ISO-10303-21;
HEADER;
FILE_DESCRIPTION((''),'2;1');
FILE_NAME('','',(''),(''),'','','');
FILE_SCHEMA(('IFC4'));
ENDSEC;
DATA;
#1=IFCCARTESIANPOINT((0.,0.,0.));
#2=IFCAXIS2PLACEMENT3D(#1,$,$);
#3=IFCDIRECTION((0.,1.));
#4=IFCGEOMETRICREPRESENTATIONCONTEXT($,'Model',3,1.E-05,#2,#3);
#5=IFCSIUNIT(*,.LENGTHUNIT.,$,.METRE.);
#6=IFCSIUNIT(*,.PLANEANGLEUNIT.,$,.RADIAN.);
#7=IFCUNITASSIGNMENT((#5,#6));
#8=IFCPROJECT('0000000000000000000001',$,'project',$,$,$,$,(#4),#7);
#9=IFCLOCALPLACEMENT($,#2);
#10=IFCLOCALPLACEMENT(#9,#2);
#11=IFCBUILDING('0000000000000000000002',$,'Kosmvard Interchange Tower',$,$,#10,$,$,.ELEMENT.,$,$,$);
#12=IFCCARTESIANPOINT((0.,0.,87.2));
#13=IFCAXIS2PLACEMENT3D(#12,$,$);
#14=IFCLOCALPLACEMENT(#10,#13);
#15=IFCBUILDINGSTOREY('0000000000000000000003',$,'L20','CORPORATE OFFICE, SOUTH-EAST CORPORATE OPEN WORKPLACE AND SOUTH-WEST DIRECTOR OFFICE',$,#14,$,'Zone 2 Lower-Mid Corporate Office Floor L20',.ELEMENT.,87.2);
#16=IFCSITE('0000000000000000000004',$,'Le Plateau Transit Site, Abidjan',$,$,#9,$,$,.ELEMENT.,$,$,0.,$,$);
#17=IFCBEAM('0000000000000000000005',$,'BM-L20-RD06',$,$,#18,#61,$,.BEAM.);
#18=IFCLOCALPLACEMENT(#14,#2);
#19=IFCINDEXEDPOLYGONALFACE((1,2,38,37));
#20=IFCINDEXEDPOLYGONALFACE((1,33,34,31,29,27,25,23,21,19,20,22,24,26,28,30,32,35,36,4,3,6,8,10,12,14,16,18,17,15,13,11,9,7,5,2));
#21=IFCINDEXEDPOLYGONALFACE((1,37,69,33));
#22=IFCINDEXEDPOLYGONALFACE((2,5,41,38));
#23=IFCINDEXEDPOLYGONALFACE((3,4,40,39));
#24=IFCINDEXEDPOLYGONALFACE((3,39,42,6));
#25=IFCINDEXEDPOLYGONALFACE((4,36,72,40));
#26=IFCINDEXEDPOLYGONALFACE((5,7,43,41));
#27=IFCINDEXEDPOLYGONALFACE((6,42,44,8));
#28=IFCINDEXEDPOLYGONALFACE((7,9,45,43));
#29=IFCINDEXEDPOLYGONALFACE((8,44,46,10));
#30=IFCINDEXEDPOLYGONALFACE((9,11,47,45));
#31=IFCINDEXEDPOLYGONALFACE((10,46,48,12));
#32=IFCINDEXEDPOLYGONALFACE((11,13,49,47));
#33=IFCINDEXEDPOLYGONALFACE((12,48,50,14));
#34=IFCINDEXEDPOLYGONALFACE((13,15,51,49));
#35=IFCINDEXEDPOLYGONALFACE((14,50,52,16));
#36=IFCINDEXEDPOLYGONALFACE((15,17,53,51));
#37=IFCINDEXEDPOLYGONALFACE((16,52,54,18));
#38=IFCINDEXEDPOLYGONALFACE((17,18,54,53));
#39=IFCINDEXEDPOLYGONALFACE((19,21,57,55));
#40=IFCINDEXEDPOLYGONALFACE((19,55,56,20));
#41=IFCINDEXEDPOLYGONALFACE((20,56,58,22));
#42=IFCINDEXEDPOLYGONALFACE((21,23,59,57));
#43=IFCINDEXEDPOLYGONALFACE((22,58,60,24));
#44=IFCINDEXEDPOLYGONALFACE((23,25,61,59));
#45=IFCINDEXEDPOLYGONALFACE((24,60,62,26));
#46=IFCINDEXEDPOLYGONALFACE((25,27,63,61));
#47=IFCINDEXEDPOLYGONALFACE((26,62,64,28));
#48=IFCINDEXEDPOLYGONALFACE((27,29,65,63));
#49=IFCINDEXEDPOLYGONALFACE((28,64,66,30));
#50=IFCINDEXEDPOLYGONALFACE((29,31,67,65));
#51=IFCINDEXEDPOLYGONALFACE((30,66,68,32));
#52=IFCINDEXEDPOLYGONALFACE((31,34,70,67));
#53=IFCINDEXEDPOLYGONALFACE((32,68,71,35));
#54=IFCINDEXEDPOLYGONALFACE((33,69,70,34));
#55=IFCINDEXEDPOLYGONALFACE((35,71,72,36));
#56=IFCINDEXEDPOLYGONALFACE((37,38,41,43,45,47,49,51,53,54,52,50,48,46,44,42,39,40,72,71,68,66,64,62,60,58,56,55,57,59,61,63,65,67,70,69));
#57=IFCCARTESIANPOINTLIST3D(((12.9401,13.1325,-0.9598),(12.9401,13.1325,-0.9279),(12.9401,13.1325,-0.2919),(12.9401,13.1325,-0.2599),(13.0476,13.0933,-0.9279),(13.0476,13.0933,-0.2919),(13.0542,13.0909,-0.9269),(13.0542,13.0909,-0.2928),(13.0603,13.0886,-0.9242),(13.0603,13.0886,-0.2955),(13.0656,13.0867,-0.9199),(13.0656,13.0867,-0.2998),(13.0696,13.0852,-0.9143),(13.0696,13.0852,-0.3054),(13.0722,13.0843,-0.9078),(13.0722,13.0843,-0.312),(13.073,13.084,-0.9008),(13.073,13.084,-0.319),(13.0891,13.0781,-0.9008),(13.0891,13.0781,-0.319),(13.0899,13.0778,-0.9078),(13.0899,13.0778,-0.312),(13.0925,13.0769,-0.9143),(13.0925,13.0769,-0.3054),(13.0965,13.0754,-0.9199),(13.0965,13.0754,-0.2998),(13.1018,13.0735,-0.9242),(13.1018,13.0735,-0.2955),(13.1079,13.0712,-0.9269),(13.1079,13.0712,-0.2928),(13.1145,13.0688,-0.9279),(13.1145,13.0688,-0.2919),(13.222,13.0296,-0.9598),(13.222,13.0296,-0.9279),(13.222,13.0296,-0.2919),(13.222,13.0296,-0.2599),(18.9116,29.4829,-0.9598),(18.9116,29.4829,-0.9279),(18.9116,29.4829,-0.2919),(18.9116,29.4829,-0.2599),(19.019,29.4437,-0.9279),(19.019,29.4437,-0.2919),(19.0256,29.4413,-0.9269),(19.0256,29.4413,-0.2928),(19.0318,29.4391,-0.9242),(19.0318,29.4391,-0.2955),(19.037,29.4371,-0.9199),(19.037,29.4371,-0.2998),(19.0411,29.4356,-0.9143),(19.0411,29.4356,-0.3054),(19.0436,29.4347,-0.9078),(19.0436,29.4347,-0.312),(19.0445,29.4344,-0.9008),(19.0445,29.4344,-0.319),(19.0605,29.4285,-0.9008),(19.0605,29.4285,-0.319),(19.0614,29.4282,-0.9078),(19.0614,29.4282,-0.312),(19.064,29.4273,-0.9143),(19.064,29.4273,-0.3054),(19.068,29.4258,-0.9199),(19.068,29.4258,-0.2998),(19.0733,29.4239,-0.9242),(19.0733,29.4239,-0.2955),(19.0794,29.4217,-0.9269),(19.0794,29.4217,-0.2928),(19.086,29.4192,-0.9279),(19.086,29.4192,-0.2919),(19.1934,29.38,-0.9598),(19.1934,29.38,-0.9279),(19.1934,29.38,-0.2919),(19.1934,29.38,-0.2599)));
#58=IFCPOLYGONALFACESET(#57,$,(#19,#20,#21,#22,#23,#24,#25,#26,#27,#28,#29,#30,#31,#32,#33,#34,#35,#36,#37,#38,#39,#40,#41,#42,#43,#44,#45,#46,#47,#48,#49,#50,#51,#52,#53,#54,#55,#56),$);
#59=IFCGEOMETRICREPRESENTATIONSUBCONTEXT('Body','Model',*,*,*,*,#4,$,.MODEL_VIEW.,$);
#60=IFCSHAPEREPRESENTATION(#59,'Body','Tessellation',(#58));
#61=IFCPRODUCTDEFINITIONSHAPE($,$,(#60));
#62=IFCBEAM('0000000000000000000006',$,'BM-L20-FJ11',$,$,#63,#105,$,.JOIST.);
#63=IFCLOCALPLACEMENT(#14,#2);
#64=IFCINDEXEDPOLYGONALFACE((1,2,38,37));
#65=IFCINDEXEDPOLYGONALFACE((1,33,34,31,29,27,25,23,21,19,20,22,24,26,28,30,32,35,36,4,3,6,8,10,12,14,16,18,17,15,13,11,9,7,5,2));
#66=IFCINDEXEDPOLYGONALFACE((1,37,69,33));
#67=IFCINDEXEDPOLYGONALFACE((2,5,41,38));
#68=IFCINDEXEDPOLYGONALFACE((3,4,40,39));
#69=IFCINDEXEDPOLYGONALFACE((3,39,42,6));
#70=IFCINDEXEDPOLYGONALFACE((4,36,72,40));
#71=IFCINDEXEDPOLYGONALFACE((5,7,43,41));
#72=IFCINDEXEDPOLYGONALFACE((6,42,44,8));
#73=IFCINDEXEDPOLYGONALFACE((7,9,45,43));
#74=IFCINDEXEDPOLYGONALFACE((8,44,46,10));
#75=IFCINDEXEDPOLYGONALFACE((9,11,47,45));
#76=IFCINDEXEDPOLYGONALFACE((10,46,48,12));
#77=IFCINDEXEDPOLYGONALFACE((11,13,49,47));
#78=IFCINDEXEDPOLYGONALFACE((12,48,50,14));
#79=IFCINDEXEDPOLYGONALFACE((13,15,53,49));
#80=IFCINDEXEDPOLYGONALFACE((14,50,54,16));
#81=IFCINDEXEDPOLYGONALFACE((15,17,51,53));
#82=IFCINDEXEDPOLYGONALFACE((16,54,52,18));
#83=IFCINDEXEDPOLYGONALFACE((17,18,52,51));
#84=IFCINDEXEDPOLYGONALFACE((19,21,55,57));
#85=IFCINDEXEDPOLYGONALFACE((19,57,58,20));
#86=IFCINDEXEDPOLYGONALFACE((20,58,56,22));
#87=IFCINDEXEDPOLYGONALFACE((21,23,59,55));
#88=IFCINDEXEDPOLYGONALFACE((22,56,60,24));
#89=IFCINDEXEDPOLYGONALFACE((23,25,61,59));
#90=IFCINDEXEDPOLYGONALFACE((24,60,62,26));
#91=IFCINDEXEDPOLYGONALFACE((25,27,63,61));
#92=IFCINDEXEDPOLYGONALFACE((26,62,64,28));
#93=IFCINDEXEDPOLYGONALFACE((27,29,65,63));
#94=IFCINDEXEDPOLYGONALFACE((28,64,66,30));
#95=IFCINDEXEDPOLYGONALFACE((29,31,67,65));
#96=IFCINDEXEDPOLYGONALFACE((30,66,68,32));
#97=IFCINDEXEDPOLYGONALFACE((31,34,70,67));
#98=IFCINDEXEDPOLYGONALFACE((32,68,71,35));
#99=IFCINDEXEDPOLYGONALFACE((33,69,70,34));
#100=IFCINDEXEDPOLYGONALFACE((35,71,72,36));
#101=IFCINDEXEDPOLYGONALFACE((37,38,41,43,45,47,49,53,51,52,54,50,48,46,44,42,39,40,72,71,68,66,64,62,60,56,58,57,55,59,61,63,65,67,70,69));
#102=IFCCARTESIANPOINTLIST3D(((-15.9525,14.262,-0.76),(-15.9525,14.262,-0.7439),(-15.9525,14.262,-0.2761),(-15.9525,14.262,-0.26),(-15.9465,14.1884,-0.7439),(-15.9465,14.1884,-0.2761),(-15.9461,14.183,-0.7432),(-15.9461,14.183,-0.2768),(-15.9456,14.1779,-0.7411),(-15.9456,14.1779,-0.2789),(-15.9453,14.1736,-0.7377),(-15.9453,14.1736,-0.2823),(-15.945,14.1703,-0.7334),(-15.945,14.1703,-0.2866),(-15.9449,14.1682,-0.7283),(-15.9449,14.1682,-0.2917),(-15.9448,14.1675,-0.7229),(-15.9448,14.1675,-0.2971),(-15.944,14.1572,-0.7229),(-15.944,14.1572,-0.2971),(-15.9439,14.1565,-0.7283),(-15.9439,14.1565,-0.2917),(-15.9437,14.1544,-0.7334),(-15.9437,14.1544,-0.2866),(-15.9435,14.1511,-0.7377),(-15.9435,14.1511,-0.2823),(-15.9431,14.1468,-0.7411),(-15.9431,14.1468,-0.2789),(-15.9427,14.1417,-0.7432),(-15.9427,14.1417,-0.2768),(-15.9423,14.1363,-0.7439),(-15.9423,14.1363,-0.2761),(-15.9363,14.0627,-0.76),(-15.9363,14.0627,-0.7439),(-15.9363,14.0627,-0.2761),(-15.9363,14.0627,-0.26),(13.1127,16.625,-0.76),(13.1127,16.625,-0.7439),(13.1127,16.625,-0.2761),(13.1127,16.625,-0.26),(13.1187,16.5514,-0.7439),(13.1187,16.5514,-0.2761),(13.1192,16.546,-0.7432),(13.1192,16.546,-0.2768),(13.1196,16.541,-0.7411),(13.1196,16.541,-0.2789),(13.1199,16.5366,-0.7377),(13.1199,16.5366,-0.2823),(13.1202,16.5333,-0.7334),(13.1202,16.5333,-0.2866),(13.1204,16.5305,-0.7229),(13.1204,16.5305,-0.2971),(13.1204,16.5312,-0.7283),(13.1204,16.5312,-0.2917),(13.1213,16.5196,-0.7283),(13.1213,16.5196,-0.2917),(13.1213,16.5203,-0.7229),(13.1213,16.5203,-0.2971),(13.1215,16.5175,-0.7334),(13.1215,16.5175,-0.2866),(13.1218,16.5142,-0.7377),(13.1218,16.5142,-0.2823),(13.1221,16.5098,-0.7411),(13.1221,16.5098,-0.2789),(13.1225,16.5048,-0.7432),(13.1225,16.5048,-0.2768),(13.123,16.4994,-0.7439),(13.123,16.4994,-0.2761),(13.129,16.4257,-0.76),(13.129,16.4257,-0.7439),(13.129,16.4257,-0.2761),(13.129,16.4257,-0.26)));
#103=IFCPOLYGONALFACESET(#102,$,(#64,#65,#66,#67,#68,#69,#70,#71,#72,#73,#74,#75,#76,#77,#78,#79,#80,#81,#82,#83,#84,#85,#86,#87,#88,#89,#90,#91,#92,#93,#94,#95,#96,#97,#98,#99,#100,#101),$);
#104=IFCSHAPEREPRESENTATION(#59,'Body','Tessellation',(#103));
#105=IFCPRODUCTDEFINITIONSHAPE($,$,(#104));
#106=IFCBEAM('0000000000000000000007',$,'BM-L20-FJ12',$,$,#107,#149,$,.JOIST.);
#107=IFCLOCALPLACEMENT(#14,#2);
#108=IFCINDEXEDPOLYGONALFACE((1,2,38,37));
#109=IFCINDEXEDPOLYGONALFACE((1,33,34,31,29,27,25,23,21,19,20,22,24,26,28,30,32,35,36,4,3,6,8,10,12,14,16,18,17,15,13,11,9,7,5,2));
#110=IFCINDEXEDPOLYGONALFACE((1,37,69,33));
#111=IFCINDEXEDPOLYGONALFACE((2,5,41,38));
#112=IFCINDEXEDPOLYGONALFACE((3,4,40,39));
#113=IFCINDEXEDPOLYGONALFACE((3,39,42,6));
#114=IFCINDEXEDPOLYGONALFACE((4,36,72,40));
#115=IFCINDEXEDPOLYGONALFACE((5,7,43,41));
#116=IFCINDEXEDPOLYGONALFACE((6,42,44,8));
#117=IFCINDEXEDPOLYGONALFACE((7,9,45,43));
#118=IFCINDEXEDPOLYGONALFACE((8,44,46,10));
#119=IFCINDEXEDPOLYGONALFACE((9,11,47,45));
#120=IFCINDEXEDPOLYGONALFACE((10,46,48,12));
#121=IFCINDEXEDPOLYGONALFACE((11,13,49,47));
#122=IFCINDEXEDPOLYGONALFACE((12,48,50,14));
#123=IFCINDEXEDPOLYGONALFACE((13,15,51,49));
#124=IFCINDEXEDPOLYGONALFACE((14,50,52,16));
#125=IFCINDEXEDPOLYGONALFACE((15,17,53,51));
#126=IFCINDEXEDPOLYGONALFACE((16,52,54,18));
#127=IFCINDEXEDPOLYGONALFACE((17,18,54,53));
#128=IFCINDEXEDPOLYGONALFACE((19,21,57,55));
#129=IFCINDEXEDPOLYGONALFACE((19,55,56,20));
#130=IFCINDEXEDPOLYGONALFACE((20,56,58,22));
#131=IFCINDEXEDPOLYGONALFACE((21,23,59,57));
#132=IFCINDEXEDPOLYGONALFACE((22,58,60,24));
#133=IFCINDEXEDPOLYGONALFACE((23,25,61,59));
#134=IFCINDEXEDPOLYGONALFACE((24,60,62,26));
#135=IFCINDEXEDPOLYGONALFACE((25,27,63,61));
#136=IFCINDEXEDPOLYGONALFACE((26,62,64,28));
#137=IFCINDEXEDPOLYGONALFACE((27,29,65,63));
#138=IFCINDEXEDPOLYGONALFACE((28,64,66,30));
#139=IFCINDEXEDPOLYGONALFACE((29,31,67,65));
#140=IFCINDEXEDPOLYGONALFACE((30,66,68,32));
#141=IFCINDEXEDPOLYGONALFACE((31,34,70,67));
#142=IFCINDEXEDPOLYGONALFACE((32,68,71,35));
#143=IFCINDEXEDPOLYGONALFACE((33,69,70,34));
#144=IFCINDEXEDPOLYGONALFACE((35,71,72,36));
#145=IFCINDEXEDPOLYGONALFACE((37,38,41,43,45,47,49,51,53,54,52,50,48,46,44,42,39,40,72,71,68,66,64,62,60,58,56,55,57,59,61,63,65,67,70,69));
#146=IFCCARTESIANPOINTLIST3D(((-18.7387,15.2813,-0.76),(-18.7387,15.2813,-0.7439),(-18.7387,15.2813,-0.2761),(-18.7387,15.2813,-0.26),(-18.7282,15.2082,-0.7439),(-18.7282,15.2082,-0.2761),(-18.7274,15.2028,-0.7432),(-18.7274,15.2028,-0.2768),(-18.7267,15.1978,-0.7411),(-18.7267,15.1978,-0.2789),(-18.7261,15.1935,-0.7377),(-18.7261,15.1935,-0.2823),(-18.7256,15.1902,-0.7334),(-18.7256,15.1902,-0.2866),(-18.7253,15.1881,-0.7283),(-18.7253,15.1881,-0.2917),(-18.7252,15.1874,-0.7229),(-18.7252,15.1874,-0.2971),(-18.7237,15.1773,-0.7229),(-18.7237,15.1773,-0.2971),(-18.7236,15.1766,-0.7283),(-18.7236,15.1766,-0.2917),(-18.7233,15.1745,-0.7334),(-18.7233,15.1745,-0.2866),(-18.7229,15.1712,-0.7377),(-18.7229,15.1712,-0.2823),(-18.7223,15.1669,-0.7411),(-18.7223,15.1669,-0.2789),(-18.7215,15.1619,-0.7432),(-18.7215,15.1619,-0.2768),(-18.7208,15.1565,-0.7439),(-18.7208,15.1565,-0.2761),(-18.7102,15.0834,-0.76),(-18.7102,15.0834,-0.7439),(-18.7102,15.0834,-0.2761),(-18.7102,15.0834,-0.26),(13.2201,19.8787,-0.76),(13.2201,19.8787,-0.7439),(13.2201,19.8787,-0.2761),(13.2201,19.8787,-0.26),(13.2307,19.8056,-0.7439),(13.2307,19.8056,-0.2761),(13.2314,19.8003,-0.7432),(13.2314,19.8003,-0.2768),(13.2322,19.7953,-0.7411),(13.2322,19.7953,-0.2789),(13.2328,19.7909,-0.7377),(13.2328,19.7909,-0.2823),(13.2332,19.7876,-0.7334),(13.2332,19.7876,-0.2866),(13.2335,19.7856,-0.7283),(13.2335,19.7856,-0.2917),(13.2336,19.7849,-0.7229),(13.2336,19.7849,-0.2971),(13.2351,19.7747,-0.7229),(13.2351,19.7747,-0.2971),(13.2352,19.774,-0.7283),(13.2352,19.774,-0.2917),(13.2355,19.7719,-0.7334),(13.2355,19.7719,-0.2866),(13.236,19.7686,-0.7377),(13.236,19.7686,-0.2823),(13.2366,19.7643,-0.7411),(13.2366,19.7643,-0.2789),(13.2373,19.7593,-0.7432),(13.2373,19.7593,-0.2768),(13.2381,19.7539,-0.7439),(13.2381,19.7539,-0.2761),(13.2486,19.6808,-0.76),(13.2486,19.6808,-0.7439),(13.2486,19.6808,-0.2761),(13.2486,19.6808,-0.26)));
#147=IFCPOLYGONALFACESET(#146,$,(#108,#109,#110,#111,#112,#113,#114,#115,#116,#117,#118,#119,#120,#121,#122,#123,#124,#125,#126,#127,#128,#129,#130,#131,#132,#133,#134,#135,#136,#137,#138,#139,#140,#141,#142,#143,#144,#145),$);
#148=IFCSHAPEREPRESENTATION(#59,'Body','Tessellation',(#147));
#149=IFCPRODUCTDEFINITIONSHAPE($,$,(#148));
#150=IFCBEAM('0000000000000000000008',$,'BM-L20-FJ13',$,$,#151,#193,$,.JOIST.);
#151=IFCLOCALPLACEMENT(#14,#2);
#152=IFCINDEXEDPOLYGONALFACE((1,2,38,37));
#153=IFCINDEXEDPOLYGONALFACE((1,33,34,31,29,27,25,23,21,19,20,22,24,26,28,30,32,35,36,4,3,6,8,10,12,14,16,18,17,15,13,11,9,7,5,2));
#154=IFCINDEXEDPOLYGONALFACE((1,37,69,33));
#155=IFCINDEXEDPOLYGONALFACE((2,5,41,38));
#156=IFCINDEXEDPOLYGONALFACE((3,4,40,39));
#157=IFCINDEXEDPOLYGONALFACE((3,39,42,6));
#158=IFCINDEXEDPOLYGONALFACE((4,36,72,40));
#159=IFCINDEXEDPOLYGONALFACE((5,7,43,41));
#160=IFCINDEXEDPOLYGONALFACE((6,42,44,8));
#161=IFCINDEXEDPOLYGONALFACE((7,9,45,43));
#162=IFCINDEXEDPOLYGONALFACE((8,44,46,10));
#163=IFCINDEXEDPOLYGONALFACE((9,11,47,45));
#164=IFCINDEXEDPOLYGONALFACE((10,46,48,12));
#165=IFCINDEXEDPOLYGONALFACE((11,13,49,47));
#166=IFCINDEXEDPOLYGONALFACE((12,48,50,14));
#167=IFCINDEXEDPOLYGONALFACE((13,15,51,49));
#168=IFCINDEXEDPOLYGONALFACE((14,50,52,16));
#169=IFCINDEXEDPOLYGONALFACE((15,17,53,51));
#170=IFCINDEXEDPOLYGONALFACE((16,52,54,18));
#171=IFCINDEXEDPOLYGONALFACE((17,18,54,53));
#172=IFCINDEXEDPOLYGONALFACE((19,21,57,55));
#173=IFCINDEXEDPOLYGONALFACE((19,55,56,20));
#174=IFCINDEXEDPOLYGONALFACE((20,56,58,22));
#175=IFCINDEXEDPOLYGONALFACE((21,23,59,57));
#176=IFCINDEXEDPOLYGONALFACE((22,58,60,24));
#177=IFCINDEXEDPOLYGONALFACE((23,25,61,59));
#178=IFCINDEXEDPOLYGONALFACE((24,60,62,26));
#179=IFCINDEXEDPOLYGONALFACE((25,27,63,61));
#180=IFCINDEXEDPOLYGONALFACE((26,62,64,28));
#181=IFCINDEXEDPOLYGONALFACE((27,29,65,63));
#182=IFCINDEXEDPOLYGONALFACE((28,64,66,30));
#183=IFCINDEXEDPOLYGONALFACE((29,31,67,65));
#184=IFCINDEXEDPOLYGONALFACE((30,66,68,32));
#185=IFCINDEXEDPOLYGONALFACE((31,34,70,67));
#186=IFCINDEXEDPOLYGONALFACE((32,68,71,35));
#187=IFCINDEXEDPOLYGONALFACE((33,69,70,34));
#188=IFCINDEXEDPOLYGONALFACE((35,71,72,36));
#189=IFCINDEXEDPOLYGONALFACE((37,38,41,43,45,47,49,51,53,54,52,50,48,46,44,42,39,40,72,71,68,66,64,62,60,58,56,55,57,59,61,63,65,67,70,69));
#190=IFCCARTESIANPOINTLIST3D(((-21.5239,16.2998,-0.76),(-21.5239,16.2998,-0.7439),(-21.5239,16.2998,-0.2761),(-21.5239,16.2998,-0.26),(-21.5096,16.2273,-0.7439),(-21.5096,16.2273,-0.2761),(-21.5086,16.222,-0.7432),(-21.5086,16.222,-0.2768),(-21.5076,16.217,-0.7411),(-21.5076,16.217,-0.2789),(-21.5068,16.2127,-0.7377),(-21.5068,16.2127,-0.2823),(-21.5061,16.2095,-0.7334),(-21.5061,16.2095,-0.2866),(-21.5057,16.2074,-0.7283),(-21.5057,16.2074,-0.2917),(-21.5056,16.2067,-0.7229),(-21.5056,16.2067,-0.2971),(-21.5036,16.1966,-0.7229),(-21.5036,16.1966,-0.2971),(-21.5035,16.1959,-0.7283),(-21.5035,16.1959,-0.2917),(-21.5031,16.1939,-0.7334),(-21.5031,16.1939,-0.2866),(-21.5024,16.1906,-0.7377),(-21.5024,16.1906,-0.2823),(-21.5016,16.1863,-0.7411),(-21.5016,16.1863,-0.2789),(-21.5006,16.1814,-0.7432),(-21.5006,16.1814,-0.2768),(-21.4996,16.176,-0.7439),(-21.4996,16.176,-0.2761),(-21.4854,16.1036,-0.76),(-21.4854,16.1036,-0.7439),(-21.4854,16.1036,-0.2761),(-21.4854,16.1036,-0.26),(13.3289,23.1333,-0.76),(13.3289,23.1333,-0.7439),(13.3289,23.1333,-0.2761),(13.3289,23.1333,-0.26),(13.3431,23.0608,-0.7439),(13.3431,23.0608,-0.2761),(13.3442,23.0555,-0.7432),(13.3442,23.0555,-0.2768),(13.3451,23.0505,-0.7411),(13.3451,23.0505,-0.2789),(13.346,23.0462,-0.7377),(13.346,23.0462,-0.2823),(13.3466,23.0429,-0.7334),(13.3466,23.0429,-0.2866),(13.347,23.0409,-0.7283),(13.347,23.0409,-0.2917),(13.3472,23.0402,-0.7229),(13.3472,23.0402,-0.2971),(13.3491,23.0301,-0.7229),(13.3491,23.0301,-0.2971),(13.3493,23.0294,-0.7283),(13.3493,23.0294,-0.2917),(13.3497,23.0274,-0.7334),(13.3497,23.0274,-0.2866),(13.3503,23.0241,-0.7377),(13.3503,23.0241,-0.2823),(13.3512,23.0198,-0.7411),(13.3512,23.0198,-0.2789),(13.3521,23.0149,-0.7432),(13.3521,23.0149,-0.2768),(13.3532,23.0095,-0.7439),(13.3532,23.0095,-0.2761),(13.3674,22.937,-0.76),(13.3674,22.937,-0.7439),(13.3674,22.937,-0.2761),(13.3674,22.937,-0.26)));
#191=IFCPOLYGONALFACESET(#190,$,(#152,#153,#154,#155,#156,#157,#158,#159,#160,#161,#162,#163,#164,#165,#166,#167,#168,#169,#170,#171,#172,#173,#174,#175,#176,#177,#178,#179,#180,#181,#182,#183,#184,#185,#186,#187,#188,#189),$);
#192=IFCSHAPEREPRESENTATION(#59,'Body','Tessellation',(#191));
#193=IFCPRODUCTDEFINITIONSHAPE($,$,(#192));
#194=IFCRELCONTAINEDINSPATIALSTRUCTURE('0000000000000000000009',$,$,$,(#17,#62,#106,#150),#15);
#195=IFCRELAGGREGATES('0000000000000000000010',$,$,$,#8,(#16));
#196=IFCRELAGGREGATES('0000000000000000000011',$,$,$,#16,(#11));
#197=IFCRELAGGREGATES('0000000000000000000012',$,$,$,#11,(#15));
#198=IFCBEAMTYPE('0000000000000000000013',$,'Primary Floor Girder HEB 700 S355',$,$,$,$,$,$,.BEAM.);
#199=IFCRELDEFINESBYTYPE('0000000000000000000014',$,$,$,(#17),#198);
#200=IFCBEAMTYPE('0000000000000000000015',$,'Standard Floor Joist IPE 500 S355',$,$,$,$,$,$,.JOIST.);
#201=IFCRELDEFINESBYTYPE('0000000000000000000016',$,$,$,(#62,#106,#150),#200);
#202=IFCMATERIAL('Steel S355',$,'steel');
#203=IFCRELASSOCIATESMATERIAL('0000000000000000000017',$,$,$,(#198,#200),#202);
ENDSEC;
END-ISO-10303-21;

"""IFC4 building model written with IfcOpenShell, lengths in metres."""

from ifc_helpers import new_model, si_unit, direction, frame, origin, origin_2d, place, context, subcontext, project, spatial, i_section, extrude, source, transform, mapped, material, material_profile, profile_set, type_object, element, save


model = new_model("IFC4")

# Units and contexts
model_context = context("Model", 3, precision=1e-05, world=origin(), true_north=direction((0.0, 1.0)))
body_context = subcontext(model_context, "Body", "Model", "MODEL_VIEW")
ifc_project = project(units=[si_unit("LENGTHUNIT", "METRE"), si_unit("PLANEANGLEUNIT", "RADIAN")], contexts=[model_context])

# Site, building, storey
site_placement = place(None, origin())
site = spatial("IfcSite", under=ifc_project, at=site_placement, Name="Le Plateau Transit Site, Abidjan", CompositionType="ELEMENT", RefElevation=0.0)
building_placement = place(site_placement, origin())
building = spatial("IfcBuilding", under=site, at=building_placement, Name="Kosmvard Interchange Tower", CompositionType="ELEMENT")
storey_placement = place(building_placement, frame((0.0, 0.0, 87.2)))
storey = spatial("IfcBuildingStorey", under=building, at=storey_placement, Name="L20", Description="CORPORATE OFFICE, SOUTH-EAST CORPORATE OPEN WORKPLACE AND SOUTH-WEST DIRECTOR OFFICE", LongName="Zone 2 Lower-Mid Corporate Office Floor L20", CompositionType="ELEMENT", Elevation=87.2)

# Beams
ifc_material_1 = material(Name="Steel S355", Category="steel")
ifc_material_profile_1 = material_profile(ifc_material_1, i_section(OverallWidth=0.3, OverallDepth=0.7, WebThickness=0.0171, FlangeThickness=0.032, FilletRadius=0.0271, at=origin_2d()), Name="HEB 700")
ifc_profile_set_1 = profile_set([ifc_material_profile_1], Name="Steel S355")
beam_type_1 = type_object("IfcBeamType", Name="Primary Floor Girder HEB 700 S355", PredefinedType="BEAM", material=ifc_profile_set_1)
shared_shape_1 = source(origin(), body_context, "Body", "SweptSolid", [
    extrude(i_section(OverallWidth=0.3, OverallDepth=0.7, WebThickness=0.0171, FlangeThickness=0.032, FilletRadius=0.0271, at=origin_2d()), origin(), (0.0, 0.0, 1.0), 17.4067),
])
beam_1_placement = place(storey_placement, frame((13.0811, 13.0811, -0.6099), z_axis=(0.343055, 0.939315, 0.0), x_axis=(-0.939315, 0.343055, 0.0)))
element("IfcBeam", 1, at=beam_1_placement, inside=storey, type_object=beam_type_1, Name="BM-L20-RD06", PredefinedType="BEAM", context=body_context, shape_type="MappedRepresentation", body=[
    mapped(shared_shape_1, transform((0.0, 0.0, 0.0), scale=1.0)),
])
ifc_material_profile_2 = material_profile(ifc_material_1, i_section(OverallWidth=0.2, OverallDepth=0.5, WebThickness=0.0103, FlangeThickness=0.0161, FilletRadius=0.021, at=origin_2d()), Name="IPE 500")
ifc_profile_set_2 = profile_set([ifc_material_profile_2], Name="Steel S355")
beam_type_2 = type_object("IfcBeamType", Name="Standard Floor Joist IPE 500 S355", PredefinedType="JOIST", material=ifc_profile_set_2)
shared_shape_2 = source(origin(), body_context, "Body", "SweptSolid", [
    extrude(i_section(OverallWidth=0.2, OverallDepth=0.5, WebThickness=0.0103, FlangeThickness=0.0161, FilletRadius=0.021, at=origin_2d()), origin(), (0.0, 0.0, 1.0), 29.1611),
])
beam_2_placement = place(storey_placement, frame((13.1208, 16.5254, -0.51), z_axis=(-0.996711, -0.081034, 0.0), x_axis=(0.081034, -0.996711, 0.0)))
element("IfcBeam", 2, at=beam_2_placement, inside=storey, type_object=beam_type_2, Name="BM-L20-FJ11", PredefinedType="JOIST", context=body_context, shape_type="MappedRepresentation", body=[
    mapped(shared_shape_2, transform((0.0, 0.0, 0.0), scale=1.0)),
])
shared_shape_3 = source(origin(), body_context, "Body", "SweptSolid", [
    extrude(i_section(OverallWidth=0.2, OverallDepth=0.5, WebThickness=0.0103, FlangeThickness=0.0161, FilletRadius=0.021, at=origin_2d()), origin(), (0.0, 0.0, 1.0), 32.2878),
])
beam_3_placement = place(storey_placement, frame((13.2344, 19.7798, -0.51), z_axis=(-0.989811, -0.142389, 0.0), x_axis=(0.142389, -0.989811, 0.0)))
element("IfcBeam", 3, at=beam_3_placement, inside=storey, type_object=beam_type_2, Name="BM-L20-FJ12", PredefinedType="JOIST", context=body_context, shape_type="MappedRepresentation", body=[
    mapped(shared_shape_3, transform((0.0, 0.0, 0.0), scale=1.0)),
])
shared_shape_4 = source(origin(), body_context, "Body", "SweptSolid", [
    extrude(i_section(OverallWidth=0.2, OverallDepth=0.5, WebThickness=0.0103, FlangeThickness=0.0161, FilletRadius=0.021, at=origin_2d()), origin(), (0.0, 0.0, 1.0), 35.5164),
])
beam_4_placement = place(storey_placement, frame((13.3481, 23.0352, -0.51), z_axis=(-0.981316, -0.192404, 0.0), x_axis=(0.192404, -0.981316, 0.0)))
element("IfcBeam", 4, at=beam_4_placement, inside=storey, type_object=beam_type_2, Name="BM-L20-FJ13", PredefinedType="JOIST", context=body_context, shape_type="MappedRepresentation", body=[
    mapped(shared_shape_4, transform((0.0, 0.0, 0.0), scale=1.0)),
])

save(model, "model.ifc")
